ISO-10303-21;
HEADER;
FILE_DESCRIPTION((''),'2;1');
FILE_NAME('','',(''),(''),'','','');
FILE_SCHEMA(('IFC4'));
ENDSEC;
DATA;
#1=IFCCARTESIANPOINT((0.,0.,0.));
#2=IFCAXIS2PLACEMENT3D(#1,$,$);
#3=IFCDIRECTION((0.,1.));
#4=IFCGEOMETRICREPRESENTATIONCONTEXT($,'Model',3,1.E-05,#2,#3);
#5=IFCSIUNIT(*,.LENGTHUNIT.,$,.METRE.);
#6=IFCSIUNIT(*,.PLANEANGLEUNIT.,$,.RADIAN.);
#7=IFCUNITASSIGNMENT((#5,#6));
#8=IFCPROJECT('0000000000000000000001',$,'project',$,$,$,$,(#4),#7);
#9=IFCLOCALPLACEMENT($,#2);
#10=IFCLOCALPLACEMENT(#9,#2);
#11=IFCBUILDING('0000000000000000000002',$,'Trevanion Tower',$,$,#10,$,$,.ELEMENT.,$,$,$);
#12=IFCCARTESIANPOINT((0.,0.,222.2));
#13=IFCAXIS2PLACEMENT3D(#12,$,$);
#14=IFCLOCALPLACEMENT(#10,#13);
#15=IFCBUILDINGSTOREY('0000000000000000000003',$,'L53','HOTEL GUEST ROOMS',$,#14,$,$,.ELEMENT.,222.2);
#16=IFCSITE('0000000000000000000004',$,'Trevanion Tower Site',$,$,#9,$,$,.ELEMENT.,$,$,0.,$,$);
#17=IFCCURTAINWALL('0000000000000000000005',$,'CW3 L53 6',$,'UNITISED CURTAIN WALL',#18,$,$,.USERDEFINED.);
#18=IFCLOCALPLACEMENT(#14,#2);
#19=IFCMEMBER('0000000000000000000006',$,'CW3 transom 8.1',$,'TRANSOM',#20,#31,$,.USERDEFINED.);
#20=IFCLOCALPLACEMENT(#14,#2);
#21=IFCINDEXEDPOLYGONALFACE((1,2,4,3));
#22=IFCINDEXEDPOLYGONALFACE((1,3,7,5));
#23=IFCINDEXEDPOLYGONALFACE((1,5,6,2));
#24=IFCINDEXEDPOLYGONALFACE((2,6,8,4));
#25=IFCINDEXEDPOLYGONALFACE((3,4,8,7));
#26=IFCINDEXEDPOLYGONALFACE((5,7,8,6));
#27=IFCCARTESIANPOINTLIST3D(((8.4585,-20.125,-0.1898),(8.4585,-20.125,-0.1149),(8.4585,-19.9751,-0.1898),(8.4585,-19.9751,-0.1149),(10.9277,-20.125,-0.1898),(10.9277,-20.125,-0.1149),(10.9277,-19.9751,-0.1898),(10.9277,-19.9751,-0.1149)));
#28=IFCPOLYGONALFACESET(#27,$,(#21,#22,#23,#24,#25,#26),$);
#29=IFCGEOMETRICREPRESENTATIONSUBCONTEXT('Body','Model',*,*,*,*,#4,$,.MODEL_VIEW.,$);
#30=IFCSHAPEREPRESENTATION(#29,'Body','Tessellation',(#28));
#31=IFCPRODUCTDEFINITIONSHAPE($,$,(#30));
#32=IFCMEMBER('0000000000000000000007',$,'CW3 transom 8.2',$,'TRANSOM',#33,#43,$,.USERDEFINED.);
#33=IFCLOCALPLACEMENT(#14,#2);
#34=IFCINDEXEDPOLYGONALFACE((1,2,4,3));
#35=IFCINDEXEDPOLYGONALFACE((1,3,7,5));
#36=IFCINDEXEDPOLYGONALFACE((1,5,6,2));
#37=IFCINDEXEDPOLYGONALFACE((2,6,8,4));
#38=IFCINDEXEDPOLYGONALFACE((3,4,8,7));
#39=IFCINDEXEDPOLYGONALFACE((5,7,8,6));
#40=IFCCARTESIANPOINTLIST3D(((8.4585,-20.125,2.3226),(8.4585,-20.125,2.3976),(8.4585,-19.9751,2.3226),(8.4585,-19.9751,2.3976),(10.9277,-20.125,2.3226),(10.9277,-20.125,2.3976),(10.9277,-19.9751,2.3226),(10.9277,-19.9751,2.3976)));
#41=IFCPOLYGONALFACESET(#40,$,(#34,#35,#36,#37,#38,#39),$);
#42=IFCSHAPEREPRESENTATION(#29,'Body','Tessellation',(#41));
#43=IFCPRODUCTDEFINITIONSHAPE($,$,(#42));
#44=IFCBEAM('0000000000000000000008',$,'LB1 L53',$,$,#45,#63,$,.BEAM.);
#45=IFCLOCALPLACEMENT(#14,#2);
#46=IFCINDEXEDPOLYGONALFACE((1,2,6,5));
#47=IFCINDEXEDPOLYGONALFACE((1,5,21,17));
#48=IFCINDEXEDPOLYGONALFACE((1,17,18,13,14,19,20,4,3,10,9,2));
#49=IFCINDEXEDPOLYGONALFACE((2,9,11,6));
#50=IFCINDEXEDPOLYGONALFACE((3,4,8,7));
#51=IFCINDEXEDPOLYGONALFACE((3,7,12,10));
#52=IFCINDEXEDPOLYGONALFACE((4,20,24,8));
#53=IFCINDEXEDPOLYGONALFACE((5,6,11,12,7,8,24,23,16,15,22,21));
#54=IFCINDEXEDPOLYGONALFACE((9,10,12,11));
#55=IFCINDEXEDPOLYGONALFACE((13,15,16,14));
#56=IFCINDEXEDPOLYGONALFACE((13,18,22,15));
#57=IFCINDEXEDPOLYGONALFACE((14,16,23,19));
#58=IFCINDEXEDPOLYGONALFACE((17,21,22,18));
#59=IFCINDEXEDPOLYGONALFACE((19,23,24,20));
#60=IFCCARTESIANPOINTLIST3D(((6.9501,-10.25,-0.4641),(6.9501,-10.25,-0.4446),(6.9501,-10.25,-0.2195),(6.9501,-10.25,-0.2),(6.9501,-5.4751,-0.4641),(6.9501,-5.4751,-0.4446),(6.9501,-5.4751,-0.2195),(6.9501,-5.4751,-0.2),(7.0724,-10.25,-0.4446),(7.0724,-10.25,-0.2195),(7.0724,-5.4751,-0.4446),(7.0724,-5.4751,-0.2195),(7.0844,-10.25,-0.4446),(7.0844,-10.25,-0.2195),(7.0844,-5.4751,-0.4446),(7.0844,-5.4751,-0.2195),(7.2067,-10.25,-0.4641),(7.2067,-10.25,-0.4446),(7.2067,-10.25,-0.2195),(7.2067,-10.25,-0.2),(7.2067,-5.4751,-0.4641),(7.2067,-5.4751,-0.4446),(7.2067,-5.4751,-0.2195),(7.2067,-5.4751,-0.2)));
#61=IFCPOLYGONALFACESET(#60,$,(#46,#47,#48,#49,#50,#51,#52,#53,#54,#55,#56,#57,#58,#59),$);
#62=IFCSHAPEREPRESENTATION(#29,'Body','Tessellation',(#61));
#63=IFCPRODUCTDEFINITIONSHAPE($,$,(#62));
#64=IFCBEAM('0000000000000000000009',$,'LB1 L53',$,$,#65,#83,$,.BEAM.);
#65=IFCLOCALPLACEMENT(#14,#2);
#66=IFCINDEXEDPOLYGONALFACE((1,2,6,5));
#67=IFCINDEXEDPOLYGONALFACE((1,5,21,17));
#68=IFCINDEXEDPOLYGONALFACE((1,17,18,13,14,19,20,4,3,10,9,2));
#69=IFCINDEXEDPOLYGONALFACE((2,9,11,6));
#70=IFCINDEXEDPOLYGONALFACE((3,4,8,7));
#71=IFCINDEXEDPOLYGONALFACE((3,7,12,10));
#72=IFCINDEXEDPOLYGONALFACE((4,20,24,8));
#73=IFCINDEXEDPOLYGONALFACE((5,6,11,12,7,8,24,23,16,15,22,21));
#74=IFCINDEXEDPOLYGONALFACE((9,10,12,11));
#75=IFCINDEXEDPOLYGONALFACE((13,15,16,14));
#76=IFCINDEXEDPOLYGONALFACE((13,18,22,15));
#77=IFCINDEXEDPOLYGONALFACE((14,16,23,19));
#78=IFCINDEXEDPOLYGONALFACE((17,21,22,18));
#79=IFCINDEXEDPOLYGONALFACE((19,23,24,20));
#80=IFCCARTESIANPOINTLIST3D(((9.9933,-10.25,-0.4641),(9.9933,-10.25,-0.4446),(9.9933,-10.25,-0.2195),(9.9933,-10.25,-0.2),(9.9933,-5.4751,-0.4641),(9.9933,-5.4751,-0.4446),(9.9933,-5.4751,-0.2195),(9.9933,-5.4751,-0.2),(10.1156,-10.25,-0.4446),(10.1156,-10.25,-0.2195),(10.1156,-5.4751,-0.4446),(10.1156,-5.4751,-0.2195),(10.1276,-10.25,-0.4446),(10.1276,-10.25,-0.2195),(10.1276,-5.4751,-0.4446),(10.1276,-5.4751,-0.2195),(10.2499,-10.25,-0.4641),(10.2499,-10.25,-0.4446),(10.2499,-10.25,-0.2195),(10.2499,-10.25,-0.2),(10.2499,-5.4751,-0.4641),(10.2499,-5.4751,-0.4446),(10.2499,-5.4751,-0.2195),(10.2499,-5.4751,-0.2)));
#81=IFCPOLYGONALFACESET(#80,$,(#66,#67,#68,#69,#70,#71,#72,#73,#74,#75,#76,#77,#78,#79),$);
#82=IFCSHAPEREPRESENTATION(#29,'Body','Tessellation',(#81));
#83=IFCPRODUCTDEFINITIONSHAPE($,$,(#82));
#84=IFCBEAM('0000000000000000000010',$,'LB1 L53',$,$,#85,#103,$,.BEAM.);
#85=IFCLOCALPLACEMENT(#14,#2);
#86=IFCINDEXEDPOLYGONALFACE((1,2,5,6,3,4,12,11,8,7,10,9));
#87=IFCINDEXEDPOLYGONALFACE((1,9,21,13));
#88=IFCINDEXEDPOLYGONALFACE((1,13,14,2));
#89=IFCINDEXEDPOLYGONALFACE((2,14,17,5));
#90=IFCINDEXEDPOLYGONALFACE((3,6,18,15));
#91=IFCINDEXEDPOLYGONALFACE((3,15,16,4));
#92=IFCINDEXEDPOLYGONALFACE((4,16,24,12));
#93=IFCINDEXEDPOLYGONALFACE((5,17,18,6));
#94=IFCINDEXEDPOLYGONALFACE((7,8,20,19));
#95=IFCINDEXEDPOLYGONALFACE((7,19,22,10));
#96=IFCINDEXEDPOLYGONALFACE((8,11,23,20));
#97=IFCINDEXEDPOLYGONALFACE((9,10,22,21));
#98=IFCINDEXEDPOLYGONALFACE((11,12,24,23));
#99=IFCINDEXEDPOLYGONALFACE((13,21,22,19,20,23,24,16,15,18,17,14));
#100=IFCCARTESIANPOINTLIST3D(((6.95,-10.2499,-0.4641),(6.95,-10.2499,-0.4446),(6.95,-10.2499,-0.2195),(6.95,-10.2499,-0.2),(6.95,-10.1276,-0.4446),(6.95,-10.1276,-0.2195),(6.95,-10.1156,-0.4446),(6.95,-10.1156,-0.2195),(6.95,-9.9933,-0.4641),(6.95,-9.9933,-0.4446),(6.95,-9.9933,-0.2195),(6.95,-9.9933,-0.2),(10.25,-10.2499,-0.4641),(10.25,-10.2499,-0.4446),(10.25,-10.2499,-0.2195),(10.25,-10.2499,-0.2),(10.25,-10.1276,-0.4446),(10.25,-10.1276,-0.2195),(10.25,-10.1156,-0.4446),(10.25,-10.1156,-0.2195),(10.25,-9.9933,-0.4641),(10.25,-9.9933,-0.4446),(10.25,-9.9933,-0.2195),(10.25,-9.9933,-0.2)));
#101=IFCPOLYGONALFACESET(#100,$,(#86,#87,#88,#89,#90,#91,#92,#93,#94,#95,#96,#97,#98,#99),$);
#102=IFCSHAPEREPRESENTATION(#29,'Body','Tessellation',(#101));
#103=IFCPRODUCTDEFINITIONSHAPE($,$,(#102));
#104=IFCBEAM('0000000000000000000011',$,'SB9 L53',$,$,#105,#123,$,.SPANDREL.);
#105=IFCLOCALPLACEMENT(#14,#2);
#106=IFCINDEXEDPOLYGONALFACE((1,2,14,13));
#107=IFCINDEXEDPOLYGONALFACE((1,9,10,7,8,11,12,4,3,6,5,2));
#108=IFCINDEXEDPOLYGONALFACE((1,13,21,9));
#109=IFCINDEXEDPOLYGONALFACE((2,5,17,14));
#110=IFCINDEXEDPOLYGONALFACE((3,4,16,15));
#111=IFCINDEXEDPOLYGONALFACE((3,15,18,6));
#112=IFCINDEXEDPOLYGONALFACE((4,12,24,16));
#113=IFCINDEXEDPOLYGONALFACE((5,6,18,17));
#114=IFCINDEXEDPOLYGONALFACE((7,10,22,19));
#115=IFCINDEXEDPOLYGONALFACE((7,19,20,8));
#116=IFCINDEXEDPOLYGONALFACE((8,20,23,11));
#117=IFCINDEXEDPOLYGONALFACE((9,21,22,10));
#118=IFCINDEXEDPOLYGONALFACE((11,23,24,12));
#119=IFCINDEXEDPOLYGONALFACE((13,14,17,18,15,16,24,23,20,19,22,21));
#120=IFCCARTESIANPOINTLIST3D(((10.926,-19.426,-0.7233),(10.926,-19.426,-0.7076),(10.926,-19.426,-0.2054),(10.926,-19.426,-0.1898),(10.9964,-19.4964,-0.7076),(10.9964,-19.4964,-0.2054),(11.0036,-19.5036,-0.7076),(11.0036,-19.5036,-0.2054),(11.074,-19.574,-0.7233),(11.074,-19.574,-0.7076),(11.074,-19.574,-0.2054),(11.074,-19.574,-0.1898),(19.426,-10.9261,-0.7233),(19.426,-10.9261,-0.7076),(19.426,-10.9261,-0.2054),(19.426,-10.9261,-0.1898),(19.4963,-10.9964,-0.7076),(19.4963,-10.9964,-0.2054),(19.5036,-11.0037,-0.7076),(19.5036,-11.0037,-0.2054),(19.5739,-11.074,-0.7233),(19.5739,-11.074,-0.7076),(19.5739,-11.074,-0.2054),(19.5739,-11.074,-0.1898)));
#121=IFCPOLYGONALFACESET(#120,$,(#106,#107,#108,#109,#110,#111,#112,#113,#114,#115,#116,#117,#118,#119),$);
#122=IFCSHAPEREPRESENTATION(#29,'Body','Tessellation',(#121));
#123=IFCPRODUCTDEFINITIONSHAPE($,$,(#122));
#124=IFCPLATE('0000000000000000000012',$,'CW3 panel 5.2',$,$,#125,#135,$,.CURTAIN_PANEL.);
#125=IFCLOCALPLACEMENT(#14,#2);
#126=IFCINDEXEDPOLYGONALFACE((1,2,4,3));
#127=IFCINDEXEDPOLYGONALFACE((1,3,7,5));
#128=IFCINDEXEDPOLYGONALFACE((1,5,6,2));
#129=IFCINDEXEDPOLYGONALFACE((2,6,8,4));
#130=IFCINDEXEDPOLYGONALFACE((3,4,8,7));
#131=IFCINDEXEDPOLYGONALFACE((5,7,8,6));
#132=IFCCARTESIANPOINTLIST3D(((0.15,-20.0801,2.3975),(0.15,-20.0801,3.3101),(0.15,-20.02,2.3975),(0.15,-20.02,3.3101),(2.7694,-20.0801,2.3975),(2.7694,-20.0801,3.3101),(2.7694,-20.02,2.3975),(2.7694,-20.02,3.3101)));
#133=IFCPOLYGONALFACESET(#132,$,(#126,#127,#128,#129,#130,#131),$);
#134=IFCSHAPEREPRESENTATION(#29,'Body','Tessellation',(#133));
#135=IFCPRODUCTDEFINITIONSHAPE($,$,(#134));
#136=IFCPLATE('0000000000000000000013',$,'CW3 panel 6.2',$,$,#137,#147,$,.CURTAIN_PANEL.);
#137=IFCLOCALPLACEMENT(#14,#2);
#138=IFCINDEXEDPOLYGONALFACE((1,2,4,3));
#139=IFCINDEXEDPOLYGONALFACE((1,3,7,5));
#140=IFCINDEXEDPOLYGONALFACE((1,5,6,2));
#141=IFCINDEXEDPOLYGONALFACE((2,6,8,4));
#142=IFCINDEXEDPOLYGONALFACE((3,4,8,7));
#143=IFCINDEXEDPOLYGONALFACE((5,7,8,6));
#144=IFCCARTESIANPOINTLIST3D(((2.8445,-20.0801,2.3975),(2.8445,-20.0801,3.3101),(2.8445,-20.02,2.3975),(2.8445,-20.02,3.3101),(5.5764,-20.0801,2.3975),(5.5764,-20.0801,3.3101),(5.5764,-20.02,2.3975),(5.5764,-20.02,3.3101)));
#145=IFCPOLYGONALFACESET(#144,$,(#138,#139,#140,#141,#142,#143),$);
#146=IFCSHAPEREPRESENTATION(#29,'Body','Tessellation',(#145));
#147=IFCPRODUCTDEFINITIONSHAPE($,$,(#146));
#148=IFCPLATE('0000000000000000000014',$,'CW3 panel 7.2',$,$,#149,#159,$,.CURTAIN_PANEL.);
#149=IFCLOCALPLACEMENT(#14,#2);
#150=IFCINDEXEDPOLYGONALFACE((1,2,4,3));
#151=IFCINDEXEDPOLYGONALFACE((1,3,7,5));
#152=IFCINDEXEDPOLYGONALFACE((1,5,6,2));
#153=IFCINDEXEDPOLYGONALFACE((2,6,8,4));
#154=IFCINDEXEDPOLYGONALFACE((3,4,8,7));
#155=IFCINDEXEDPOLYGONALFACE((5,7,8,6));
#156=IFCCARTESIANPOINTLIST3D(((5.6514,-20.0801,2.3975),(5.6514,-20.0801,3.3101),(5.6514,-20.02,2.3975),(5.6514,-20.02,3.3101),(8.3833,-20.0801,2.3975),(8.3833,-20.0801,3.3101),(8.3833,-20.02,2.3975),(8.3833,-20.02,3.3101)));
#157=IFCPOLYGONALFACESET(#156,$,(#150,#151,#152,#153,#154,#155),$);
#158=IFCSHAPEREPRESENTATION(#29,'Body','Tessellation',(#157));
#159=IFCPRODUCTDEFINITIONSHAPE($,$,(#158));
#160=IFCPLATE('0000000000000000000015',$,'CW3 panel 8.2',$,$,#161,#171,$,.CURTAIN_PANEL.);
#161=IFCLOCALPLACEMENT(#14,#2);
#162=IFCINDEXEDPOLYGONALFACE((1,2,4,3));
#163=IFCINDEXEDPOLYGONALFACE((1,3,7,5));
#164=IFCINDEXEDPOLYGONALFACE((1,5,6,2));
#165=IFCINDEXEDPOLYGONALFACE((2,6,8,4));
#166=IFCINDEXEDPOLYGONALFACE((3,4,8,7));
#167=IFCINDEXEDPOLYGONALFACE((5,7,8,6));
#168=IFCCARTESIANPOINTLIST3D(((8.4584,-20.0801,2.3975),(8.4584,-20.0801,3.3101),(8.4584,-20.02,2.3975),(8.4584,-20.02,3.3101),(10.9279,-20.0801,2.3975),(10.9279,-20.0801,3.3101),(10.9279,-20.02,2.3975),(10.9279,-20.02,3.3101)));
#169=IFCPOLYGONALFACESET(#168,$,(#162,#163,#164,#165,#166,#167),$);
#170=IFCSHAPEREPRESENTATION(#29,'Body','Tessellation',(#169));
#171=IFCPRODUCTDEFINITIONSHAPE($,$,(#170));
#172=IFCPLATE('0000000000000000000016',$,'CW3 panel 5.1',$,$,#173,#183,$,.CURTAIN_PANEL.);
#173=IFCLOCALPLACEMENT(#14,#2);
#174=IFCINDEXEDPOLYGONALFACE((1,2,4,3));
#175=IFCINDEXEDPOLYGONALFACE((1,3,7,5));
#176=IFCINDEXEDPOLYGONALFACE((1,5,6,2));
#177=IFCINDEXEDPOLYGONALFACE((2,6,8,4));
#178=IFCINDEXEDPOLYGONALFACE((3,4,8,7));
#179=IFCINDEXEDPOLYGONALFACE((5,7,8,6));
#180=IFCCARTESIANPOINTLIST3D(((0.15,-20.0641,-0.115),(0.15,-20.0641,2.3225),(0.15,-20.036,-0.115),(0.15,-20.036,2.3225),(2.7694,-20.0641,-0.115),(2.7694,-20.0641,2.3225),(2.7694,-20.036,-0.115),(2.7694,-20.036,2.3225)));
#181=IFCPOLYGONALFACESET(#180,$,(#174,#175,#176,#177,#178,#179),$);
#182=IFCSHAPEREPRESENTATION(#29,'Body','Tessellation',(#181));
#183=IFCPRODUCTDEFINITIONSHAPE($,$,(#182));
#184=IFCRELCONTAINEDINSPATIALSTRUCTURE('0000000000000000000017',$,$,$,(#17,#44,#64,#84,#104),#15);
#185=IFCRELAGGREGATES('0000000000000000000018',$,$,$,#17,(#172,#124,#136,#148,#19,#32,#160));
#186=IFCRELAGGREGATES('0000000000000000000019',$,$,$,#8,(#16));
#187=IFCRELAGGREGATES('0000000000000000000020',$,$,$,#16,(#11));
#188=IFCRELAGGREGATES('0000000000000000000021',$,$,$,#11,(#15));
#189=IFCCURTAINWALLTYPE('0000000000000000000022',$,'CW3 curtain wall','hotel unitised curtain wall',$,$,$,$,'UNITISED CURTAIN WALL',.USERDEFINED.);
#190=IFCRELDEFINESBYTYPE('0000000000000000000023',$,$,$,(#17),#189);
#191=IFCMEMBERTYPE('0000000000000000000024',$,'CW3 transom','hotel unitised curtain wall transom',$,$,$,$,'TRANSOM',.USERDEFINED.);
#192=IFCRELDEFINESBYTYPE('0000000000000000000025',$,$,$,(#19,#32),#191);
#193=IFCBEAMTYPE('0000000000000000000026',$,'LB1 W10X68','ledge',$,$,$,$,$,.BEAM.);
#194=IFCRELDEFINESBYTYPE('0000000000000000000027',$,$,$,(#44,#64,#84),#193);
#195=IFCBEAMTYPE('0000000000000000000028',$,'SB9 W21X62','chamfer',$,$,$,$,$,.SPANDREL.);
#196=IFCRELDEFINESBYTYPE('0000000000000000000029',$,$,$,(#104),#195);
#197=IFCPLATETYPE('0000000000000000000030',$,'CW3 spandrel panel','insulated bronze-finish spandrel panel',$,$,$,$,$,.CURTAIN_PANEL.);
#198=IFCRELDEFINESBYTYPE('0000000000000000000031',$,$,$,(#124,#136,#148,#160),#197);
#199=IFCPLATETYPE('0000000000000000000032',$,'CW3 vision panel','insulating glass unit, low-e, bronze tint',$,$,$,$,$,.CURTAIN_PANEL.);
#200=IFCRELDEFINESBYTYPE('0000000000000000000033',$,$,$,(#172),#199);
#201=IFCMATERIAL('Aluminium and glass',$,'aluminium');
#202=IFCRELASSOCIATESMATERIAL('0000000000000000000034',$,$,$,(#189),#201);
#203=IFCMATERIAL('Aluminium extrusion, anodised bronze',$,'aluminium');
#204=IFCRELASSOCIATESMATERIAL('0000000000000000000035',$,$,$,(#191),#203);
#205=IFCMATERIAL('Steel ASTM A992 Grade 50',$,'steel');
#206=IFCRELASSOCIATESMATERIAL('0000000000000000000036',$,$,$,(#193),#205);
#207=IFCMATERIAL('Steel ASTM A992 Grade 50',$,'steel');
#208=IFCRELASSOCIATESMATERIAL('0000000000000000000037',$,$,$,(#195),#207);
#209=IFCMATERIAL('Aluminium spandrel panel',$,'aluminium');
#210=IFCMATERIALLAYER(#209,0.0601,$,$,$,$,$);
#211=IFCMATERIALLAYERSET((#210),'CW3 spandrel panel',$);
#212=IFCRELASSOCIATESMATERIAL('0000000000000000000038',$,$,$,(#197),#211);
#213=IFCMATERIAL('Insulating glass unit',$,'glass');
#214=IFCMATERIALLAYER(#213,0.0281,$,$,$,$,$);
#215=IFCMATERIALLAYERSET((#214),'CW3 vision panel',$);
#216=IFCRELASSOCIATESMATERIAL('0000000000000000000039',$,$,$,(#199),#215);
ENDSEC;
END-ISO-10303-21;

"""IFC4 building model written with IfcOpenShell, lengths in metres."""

from ifc_helpers import new_model, si_unit, direction, frame, origin, origin_2d, place, context, subcontext, project, spatial, rectangle, i_section, extrude, material, layer, layer_set, material_profile, profile_set, type_object, element, aggregate, save


model = new_model("IFC4")

# Units and contexts
model_context = context("Model", 3, precision=1e-05, world=origin(), true_north=direction((0.0, 1.0)))
body_context = subcontext(model_context, "Body", "Model", "MODEL_VIEW")
ifc_project = project(units=[si_unit("LENGTHUNIT", "METRE"), si_unit("PLANEANGLEUNIT", "RADIAN")], contexts=[model_context])

# Site, building, storey
site_placement = place(None, origin())
site = spatial("IfcSite", under=ifc_project, at=site_placement, Name="Trevanion Tower Site", CompositionType="ELEMENT", RefElevation=0.0)
building_placement = place(site_placement, origin())
building = spatial("IfcBuilding", under=site, at=building_placement, Name="Trevanion Tower", CompositionType="ELEMENT")
storey_placement = place(building_placement, frame((0.0, 0.0, 222.2)))
storey = spatial("IfcBuildingStorey", under=building, at=storey_placement, Name="L53", Description="HOTEL GUEST ROOMS", CompositionType="ELEMENT", Elevation=222.2)

# Curtain wall, members
ifc_material_1 = material(Name="Aluminium and glass", Category="aluminium")
curtain_wall_type = type_object("IfcCurtainWallType", Name="CW3 curtain wall", Description="hotel unitised curtain wall", ElementType="UNITISED CURTAIN WALL", PredefinedType="USERDEFINED", material=ifc_material_1)
curtain_wall_placement = place(storey_placement, origin())
curtain_wall = element("IfcCurtainWall", 1, at=curtain_wall_placement, inside=storey, type_object=curtain_wall_type, Name="CW3 L53 6", ObjectType="UNITISED CURTAIN WALL", PredefinedType="USERDEFINED")
ifc_material_2 = material(Name="Aluminium extrusion, anodised bronze", Category="aluminium")
ifc_material_profile_1 = material_profile(ifc_material_2, rectangle(XDim=0.1499, YDim=0.075, at=origin_2d()), Name="CW3 transom")
ifc_profile_set_1 = profile_set([ifc_material_profile_1], Name="Aluminium extrusion, anodised bronze")
member_type_1 = type_object("IfcMemberType", Name="CW3 transom", Description="hotel unitised curtain wall transom", ElementType="TRANSOM", PredefinedType="USERDEFINED", material=ifc_profile_set_1)
member_1_placement = place(storey_placement, frame((8.4585, -20.05, -0.1523), z_axis=(1.0, 0.0, 0.0), x_axis=(0.0, 1.0, 0.0)))
member_1 = element("IfcMember", 2, at=member_1_placement, type_object=member_type_1, Name="CW3 transom 8.1", ObjectType="TRANSOM", PredefinedType="USERDEFINED", context=body_context, shape_type="SweptSolid", body=[
    extrude(rectangle(XDim=0.1499, YDim=0.075, at=origin_2d()), origin(), (0.0, 0.0, 1.0), 2.4692),
])
member_2_placement = place(storey_placement, frame((8.4585, -20.05, 2.3601), z_axis=(1.0, 0.0, 0.0), x_axis=(0.0, 1.0, 0.0)))
member_2 = element("IfcMember", 3, at=member_2_placement, type_object=member_type_1, Name="CW3 transom 8.2", ObjectType="TRANSOM", PredefinedType="USERDEFINED", context=body_context, shape_type="SweptSolid", body=[
    extrude(rectangle(XDim=0.1499, YDim=0.075, at=origin_2d()), origin(), (0.0, 0.0, 1.0), 2.4692),
])

# Beams
ifc_material_3 = material(Name="Steel ASTM A992 Grade 50", Category="steel")
ifc_material_profile_2 = material_profile(ifc_material_3, i_section(OverallWidth=0.2566, OverallDepth=0.2642, WebThickness=0.012, FlangeThickness=0.0195, at=origin_2d()), Name="W10X68")
ifc_profile_set_2 = profile_set([ifc_material_profile_2], Name="Steel ASTM A992 Grade 50")
beam_type_1 = type_object("IfcBeamType", Name="LB1 W10X68", Description="ledge", PredefinedType="BEAM", material=ifc_profile_set_2)
for number, where, z_axis, x_axis, name in (
    (4, (7.0784, -10.25, -0.332), (0.0, 1.0, 0.0), (-1.0, 0.0, 0.0), "LB1 L53"),
    (5, (10.1216, -10.25, -0.332), (0.0, 1.0, 0.0), (-1.0, 0.0, 0.0), "LB1 L53"),
):
    element("IfcBeam", number, at=place(storey_placement, frame(where, z_axis=z_axis, x_axis=x_axis)), inside=storey, type_object=beam_type_1, Name=name, PredefinedType="BEAM", context=body_context, shape_type="SweptSolid", body=[
        extrude(i_section(OverallWidth=0.2566, OverallDepth=0.2642, WebThickness=0.012, FlangeThickness=0.0195, at=origin_2d()), origin(), (0.0, 0.0, 1.0), 4.7749),
    ])
beam_1_placement = place(storey_placement, frame((6.95, -10.1216, -0.332), z_axis=(1.0, 0.0, 0.0), x_axis=(0.0, 1.0, 0.0)))
element("IfcBeam", 6, at=beam_1_placement, inside=storey, type_object=beam_type_1, Name="LB1 L53", PredefinedType="BEAM", context=body_context, shape_type="SweptSolid", body=[
    extrude(i_section(OverallWidth=0.2566, OverallDepth=0.2642, WebThickness=0.012, FlangeThickness=0.0195, at=origin_2d()), origin(), (0.0, 0.0, 1.0), 3.3),
])
ifc_material_4 = material(Name="Steel ASTM A992 Grade 50", Category="steel")
ifc_material_profile_3 = material_profile(ifc_material_4, i_section(OverallWidth=0.2092, OverallDepth=0.5334, WebThickness=0.0103, FlangeThickness=0.0156, at=origin_2d()), Name="W21X62")
ifc_profile_set_3 = profile_set([ifc_material_profile_3], Name="Steel ASTM A992 Grade 50")
beam_type_2 = type_object("IfcBeamType", Name="SB9 W21X62", Description="chamfer", PredefinedType="SPANDREL", material=ifc_profile_set_3)
beam_2_placement = place(storey_placement, frame((11.0, -19.5, -0.4565), z_axis=(0.707107, 0.707107, 0.0), x_axis=(-0.707107, 0.707107, 0.0)))
element("IfcBeam", 7, at=beam_2_placement, inside=storey, type_object=beam_type_2, Name="SB9 L53", PredefinedType="SPANDREL", context=body_context, shape_type="SweptSolid", body=[
    extrude(i_section(OverallWidth=0.2092, OverallDepth=0.5334, WebThickness=0.0103, FlangeThickness=0.0156, at=origin_2d()), origin(), (0.0, 0.0, 1.0), 12.0208),
])

# Plates
ifc_material_5 = material(Name="Aluminium spandrel panel", Category="aluminium")
ifc_layer_1 = layer(ifc_material_5, 0.0601)
ifc_layer_set_1 = layer_set([ifc_layer_1], Name="CW3 spandrel panel")
plate_type_1 = type_object("IfcPlateType", Name="CW3 spandrel panel", Description="insulated bronze-finish spandrel panel", PredefinedType="CURTAIN_PANEL", material=ifc_layer_set_1)
plate_1_placement = place(storey_placement, frame((1.4597, -20.05, 2.3975), z_axis=(0.0, 0.0, 1.0), x_axis=(1.0, 0.0, 0.0)))
plate_1 = element("IfcPlate", 8, at=plate_1_placement, type_object=plate_type_1, Name="CW3 panel 5.2", PredefinedType="CURTAIN_PANEL", context=body_context, shape_type="SweptSolid", body=[
    extrude(rectangle(XDim=2.6194, YDim=0.0601, at=origin_2d()), origin(), (0.0, 0.0, 1.0), 0.9126),
])
plate_2_placement = place(storey_placement, frame((4.2104, -20.05, 2.3975), z_axis=(0.0, 0.0, 1.0), x_axis=(1.0, 0.0, 0.0)))
plate_2 = element("IfcPlate", 9, at=plate_2_placement, type_object=plate_type_1, Name="CW3 panel 6.2", PredefinedType="CURTAIN_PANEL", context=body_context, shape_type="SweptSolid", body=[
    extrude(rectangle(XDim=2.7319, YDim=0.0601, at=origin_2d()), origin(), (0.0, 0.0, 1.0), 0.9126),
])
plate_3_placement = place(storey_placement, frame((7.0173, -20.05, 2.3975), z_axis=(0.0, 0.0, 1.0), x_axis=(1.0, 0.0, 0.0)))
plate_3 = element("IfcPlate", 10, at=plate_3_placement, type_object=plate_type_1, Name="CW3 panel 7.2", PredefinedType="CURTAIN_PANEL", context=body_context, shape_type="SweptSolid", body=[
    extrude(rectangle(XDim=2.7319, YDim=0.0601, at=origin_2d()), origin(), (0.0, 0.0, 1.0), 0.9126),
])
plate_4_placement = place(storey_placement, frame((9.6931, -20.05, 2.3975), z_axis=(0.0, 0.0, 1.0), x_axis=(1.0, 0.0, 0.0)))
plate_4 = element("IfcPlate", 11, at=plate_4_placement, type_object=plate_type_1, Name="CW3 panel 8.2", PredefinedType="CURTAIN_PANEL", context=body_context, shape_type="SweptSolid", body=[
    extrude(rectangle(XDim=2.4695, YDim=0.0601, at=origin_2d()), origin(), (0.0, 0.0, 1.0), 0.9126),
])
ifc_material_6 = material(Name="Insulating glass unit", Category="glass")
ifc_layer_2 = layer(ifc_material_6, 0.0281)
ifc_layer_set_2 = layer_set([ifc_layer_2], Name="CW3 vision panel")
plate_type_2 = type_object("IfcPlateType", Name="CW3 vision panel", Description="insulating glass unit, low-e, bronze tint", PredefinedType="CURTAIN_PANEL", material=ifc_layer_set_2)
plate_5_placement = place(storey_placement, frame((1.4597, -20.05, -0.115), z_axis=(0.0, 0.0, 1.0), x_axis=(1.0, 0.0, 0.0)))
plate_5 = element("IfcPlate", 12, at=plate_5_placement, type_object=plate_type_2, Name="CW3 panel 5.1", PredefinedType="CURTAIN_PANEL", context=body_context, shape_type="SweptSolid", body=[
    extrude(rectangle(XDim=2.6194, YDim=0.0281, at=origin_2d()), origin(), (0.0, 0.0, 1.0), 2.4375),
])
aggregate(curtain_wall, [plate_5, plate_1, plate_2, plate_3, member_1, member_2, plate_4])

save(model, "model.ifc")
